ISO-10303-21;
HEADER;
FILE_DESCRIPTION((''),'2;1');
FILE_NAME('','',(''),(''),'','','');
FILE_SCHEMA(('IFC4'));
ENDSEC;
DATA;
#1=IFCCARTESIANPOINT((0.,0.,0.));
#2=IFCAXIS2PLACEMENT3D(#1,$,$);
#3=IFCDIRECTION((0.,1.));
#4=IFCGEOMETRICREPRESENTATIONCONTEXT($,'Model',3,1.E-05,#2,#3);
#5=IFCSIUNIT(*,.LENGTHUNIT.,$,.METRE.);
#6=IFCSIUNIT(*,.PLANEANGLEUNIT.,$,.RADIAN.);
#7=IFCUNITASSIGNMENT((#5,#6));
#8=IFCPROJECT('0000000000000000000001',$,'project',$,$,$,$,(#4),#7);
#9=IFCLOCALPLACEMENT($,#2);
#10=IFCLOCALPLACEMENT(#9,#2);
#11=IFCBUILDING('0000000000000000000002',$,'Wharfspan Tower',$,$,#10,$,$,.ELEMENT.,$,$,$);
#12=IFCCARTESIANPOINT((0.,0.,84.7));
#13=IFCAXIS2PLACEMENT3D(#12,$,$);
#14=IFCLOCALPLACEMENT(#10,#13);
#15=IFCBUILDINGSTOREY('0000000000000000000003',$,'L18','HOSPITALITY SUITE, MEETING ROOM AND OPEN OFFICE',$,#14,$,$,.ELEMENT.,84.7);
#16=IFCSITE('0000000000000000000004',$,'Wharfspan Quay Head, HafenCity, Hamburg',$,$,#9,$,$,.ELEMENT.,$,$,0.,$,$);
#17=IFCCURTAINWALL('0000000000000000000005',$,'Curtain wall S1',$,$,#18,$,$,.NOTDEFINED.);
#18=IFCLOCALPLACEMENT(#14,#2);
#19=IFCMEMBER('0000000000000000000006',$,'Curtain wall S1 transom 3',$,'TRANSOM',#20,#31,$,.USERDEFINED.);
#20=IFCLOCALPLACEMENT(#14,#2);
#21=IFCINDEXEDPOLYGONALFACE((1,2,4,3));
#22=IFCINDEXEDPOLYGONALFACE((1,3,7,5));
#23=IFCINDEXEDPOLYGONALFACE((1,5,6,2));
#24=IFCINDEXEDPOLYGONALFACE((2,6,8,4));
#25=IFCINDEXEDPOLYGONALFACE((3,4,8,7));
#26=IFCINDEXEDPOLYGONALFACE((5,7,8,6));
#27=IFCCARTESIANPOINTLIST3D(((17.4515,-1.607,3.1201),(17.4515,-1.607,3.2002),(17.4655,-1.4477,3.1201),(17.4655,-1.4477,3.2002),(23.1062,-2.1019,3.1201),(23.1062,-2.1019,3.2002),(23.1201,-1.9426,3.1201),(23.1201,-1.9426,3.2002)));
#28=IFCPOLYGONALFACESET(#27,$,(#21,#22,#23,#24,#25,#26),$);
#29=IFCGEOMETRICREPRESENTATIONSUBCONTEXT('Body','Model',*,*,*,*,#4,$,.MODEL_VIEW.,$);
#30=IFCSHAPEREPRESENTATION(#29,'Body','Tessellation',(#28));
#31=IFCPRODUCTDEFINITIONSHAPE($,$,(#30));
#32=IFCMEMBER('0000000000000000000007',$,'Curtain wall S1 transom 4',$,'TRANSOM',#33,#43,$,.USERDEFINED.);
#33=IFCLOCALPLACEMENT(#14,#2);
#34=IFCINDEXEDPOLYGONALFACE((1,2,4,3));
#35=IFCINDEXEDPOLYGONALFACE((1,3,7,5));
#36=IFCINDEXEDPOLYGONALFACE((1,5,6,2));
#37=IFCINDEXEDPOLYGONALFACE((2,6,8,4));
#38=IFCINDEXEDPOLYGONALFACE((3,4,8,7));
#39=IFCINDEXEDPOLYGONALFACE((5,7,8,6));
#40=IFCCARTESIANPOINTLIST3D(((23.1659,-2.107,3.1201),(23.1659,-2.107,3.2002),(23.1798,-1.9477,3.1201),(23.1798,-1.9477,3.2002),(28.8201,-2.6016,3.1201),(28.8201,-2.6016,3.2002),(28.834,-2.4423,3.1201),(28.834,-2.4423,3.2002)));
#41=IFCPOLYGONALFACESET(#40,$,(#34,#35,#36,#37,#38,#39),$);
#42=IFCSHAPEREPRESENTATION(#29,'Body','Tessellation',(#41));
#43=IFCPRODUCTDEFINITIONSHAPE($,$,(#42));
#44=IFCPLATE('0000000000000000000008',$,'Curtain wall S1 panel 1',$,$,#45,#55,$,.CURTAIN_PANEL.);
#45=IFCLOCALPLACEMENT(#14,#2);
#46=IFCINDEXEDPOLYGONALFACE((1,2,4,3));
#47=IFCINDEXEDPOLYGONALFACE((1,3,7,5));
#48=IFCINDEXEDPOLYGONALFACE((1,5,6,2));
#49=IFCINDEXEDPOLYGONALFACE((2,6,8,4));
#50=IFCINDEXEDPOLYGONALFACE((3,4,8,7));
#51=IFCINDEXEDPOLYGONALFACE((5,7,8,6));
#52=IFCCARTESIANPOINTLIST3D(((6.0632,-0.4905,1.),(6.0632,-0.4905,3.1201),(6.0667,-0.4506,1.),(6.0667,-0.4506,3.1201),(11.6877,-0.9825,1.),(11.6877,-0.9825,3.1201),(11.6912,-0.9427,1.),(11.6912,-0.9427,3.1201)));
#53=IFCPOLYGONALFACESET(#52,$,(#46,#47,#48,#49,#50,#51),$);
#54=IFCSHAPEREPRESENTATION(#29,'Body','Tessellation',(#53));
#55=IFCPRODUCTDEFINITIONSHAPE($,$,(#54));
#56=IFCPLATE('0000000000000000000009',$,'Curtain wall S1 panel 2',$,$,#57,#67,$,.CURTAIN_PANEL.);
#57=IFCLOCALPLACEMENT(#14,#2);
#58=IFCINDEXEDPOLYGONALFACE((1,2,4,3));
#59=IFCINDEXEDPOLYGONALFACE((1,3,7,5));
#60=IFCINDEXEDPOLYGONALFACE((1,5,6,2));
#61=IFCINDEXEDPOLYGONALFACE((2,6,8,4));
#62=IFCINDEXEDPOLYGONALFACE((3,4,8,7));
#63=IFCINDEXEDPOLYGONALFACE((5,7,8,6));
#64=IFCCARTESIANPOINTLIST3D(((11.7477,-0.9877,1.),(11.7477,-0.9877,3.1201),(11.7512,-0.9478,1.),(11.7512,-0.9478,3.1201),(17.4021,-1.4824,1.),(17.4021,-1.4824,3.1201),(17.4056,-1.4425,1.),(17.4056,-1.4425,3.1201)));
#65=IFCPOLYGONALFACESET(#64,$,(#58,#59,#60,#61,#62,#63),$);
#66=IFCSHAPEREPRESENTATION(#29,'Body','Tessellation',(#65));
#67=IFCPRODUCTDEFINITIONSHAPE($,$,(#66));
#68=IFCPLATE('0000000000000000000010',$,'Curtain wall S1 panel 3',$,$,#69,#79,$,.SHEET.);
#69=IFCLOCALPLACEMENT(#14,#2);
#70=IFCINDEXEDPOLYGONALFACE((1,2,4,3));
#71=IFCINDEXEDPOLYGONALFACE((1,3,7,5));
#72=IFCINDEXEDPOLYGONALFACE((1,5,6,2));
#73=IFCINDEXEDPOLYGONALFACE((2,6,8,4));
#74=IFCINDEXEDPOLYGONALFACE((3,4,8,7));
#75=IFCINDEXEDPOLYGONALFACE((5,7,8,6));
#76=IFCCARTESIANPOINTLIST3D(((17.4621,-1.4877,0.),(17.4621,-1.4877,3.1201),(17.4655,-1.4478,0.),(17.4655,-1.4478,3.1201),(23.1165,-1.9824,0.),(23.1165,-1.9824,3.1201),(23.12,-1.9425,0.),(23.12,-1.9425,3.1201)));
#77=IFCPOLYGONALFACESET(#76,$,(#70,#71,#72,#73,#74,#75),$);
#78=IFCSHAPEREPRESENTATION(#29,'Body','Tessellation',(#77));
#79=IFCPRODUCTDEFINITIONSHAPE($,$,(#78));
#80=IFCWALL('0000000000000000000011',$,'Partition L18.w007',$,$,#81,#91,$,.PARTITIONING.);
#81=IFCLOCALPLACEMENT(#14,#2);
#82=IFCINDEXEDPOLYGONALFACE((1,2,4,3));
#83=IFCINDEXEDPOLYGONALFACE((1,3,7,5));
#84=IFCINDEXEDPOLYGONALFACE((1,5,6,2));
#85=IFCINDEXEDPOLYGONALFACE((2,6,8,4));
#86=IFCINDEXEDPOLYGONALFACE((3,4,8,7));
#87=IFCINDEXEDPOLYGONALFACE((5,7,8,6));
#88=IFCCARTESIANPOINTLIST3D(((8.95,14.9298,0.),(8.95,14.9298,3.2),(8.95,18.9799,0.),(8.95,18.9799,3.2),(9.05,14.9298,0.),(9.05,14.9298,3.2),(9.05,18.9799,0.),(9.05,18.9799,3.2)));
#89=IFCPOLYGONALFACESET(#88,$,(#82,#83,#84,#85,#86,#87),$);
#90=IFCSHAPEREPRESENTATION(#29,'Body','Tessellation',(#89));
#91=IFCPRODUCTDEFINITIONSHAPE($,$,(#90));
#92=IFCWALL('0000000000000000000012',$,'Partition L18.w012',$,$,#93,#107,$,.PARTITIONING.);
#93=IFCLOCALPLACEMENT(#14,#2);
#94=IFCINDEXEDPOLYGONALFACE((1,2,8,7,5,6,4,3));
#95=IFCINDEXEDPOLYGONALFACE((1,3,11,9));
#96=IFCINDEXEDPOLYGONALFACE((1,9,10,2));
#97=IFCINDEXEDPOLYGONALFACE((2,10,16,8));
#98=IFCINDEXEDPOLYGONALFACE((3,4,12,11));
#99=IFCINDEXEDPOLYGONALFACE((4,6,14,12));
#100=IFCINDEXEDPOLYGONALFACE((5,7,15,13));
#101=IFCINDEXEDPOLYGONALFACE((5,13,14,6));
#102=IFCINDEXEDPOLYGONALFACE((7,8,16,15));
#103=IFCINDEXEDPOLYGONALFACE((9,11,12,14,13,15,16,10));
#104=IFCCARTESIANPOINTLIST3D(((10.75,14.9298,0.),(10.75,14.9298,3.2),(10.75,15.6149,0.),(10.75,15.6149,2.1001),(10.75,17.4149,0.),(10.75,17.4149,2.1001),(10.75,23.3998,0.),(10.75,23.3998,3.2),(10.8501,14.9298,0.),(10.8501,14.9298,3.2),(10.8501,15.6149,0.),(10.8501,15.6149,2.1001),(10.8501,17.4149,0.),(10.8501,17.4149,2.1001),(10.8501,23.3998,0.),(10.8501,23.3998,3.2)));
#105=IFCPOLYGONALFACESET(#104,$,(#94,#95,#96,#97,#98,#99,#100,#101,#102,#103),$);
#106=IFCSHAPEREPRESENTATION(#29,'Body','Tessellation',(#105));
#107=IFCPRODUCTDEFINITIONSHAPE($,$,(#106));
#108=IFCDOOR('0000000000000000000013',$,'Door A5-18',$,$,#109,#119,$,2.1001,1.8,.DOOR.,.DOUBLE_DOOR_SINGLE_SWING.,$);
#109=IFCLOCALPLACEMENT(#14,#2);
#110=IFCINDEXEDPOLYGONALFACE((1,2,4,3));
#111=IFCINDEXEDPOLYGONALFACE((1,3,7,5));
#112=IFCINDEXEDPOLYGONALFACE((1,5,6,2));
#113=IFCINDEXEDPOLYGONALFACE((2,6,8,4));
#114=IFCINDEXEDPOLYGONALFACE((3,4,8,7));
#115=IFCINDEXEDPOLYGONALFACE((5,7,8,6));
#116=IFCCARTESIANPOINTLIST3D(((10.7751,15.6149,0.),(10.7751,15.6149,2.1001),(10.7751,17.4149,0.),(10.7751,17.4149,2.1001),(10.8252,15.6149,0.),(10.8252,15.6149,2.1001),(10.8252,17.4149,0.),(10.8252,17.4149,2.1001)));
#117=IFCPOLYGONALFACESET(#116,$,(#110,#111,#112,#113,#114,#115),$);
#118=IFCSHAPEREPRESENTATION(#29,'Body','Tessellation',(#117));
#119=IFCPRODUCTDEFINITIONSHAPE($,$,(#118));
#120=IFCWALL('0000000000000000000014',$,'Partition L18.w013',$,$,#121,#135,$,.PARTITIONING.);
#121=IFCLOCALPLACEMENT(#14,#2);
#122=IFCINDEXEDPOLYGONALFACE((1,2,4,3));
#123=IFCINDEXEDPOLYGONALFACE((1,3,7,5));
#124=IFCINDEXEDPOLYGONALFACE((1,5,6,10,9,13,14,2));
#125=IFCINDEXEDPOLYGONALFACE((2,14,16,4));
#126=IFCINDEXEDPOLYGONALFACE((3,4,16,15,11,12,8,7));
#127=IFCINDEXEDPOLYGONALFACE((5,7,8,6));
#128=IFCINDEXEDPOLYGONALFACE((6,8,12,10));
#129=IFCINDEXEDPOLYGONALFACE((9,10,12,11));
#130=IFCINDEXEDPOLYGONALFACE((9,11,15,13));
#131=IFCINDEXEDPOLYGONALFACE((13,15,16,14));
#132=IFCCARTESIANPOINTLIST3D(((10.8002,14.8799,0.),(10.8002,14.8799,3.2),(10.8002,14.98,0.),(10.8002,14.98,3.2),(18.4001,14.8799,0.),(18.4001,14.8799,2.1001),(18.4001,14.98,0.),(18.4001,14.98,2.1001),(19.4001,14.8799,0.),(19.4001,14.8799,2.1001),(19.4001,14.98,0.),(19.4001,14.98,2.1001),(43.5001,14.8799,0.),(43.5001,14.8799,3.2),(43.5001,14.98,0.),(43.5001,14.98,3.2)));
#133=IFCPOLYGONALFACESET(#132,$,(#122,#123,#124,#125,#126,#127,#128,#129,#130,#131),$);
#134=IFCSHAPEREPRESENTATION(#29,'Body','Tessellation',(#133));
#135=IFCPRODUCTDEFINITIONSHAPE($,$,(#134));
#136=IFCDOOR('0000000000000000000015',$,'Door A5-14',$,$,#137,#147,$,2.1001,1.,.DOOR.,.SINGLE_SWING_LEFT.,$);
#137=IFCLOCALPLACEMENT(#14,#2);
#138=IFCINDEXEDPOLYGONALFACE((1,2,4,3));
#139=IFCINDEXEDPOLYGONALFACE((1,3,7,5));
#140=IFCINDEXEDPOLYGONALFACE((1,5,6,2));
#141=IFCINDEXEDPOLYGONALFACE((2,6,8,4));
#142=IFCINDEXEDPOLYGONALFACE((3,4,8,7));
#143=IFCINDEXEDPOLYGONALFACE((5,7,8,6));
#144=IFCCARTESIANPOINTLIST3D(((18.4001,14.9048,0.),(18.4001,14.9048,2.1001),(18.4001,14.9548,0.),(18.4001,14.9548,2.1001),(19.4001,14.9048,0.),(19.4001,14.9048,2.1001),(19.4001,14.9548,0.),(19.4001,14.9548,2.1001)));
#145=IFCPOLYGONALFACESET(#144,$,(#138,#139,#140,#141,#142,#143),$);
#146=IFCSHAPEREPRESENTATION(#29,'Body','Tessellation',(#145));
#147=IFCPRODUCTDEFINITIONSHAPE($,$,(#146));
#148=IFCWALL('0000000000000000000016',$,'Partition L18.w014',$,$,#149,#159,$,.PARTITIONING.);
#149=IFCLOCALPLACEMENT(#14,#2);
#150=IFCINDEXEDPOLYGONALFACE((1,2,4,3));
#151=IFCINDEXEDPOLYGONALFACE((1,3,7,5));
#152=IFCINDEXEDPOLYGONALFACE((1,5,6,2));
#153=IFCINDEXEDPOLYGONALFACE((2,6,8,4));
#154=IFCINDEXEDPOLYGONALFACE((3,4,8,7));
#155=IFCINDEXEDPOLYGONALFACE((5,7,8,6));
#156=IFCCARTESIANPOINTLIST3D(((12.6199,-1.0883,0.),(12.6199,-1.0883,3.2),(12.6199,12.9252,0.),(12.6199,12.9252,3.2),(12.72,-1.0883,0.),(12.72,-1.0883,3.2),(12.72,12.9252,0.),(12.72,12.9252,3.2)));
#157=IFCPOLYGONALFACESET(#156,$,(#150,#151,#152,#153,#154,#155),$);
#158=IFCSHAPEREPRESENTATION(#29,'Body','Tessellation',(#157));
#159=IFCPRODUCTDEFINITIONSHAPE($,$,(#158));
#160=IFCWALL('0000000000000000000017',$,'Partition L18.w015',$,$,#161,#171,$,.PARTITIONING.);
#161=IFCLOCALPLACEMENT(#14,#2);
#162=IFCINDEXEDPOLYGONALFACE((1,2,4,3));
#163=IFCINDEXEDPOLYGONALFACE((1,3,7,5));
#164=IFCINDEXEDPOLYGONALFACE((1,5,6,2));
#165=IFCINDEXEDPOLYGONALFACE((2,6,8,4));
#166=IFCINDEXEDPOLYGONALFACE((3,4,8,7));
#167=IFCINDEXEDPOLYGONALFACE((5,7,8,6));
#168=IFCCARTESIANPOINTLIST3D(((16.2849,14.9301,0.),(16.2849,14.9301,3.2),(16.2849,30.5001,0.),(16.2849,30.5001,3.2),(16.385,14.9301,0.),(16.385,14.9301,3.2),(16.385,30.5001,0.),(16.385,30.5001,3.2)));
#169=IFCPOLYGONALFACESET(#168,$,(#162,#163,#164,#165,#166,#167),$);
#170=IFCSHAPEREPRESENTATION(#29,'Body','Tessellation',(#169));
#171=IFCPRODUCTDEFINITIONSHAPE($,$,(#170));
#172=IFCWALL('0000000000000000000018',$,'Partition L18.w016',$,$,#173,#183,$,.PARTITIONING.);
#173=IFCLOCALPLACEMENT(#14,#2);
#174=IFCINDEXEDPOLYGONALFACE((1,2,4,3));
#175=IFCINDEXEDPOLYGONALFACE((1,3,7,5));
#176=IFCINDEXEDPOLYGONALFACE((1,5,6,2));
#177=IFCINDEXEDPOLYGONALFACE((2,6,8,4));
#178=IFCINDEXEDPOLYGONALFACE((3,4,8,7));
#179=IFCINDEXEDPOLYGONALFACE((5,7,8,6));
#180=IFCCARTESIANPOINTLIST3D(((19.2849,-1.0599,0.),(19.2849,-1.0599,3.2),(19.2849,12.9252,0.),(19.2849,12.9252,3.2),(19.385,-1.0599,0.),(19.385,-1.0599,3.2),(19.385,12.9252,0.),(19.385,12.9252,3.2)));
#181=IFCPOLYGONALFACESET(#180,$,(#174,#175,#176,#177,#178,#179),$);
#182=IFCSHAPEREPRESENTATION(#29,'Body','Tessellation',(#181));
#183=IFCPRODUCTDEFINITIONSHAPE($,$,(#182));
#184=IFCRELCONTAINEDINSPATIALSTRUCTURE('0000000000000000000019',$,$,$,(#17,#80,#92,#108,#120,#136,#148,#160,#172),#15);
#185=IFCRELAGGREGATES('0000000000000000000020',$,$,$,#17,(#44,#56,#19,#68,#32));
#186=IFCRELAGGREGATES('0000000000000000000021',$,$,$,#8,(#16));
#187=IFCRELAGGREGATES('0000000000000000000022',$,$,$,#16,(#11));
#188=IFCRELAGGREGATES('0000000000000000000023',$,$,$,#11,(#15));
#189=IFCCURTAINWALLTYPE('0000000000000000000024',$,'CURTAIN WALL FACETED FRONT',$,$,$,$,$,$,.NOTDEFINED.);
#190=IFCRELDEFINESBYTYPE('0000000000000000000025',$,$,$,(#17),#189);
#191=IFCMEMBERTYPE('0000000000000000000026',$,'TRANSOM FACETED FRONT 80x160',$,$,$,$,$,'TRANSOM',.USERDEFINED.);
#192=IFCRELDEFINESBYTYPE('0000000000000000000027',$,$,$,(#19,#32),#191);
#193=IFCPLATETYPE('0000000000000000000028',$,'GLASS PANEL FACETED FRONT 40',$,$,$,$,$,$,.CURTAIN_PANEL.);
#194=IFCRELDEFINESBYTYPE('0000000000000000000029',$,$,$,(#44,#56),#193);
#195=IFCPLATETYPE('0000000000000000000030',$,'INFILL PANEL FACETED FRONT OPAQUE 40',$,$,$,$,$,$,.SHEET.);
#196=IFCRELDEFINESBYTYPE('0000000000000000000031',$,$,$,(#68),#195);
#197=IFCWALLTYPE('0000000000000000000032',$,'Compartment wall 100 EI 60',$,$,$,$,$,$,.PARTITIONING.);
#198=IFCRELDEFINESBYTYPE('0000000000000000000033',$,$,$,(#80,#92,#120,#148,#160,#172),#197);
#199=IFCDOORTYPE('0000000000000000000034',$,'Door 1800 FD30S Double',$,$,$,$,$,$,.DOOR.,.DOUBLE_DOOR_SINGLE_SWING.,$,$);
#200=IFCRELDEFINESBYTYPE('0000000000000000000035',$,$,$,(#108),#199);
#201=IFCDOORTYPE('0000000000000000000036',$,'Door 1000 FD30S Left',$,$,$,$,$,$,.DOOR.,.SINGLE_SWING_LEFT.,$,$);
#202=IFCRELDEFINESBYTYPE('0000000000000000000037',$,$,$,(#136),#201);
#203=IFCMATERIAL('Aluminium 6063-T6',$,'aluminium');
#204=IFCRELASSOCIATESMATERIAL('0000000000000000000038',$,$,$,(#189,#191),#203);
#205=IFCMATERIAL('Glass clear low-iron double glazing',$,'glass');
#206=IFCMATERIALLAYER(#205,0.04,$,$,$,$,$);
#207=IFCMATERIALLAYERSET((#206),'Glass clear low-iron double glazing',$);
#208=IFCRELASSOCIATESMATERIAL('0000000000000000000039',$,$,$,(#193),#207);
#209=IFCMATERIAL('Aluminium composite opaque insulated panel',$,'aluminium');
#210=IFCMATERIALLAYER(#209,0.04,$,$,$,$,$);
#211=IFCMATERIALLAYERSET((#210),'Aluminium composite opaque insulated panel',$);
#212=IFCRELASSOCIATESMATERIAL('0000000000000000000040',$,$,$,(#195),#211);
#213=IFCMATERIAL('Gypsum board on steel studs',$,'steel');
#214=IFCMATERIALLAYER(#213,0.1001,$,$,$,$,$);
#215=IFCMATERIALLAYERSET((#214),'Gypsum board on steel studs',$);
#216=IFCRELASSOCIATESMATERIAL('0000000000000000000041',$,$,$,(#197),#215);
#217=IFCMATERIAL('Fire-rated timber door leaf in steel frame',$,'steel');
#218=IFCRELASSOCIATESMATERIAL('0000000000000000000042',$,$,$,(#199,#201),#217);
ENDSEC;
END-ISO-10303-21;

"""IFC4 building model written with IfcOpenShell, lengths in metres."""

from ifc_helpers import new_model, si_unit, direction, frame, frame_2d, origin, origin_2d, place, context, subcontext, project, spatial, rectangle, extrude, material, layer, layer_set, material_profile, profile_set, type_object, element, fill, aggregate, save


model = new_model("IFC4")

# Units and contexts
model_context = context("Model", 3, precision=1e-05, world=origin(), true_north=direction((0.0, 1.0)))
body_context = subcontext(model_context, "Body", "Model", "MODEL_VIEW")
ifc_project = project(units=[si_unit("LENGTHUNIT", "METRE"), si_unit("PLANEANGLEUNIT", "RADIAN")], contexts=[model_context])

# Site, building, storey
site_placement = place(None, origin())
site = spatial("IfcSite", under=ifc_project, at=site_placement, Name="Wharfspan Quay Head, HafenCity, Hamburg", CompositionType="ELEMENT", RefElevation=0.0)
building_placement = place(site_placement, origin())
building = spatial("IfcBuilding", under=site, at=building_placement, Name="Wharfspan Tower", CompositionType="ELEMENT")
storey_placement = place(building_placement, frame((0.0, 0.0, 84.7)))
storey = spatial("IfcBuildingStorey", under=building, at=storey_placement, Name="L18", Description="HOSPITALITY SUITE, MEETING ROOM AND OPEN OFFICE", CompositionType="ELEMENT", Elevation=84.7)

# Curtain wall
ifc_material_1 = material(Name="Aluminium 6063-T6", Category="aluminium")
curtain_wall_type = type_object("IfcCurtainWallType", Name="CURTAIN WALL FACETED FRONT", PredefinedType="NOTDEFINED", material=ifc_material_1)
curtain_wall_placement = place(storey_placement, origin())
curtain_wall = element("IfcCurtainWall", 1, at=curtain_wall_placement, inside=storey, type_object=curtain_wall_type, Name="Curtain wall S1", PredefinedType="NOTDEFINED")

# Members
ifc_material_profile_1 = material_profile(ifc_material_1, rectangle(XDim=0.1599, YDim=0.0801, at=origin_2d()))
ifc_profile_set_1 = profile_set([ifc_material_profile_1], Name="Aluminium 6063-T6")
member_type_1 = type_object("IfcMemberType", Name="TRANSOM FACETED FRONT 80x160", ElementType="TRANSOM", PredefinedType="USERDEFINED", material=ifc_profile_set_1)
member_1_placement = place(storey_placement, frame((17.4585, -1.5273, 3.1602), z_axis=(0.996192, -0.087185, 0.0), x_axis=(0.087185, 0.996192, 0.0)))
member_1 = element("IfcMember", 2, at=member_1_placement, type_object=member_type_1, Name="Curtain wall S1 transom 3", ObjectType="TRANSOM", PredefinedType="USERDEFINED", context=body_context, shape_type="SweptSolid", body=[
    extrude(rectangle(XDim=0.1599, YDim=0.0801, at=origin_2d()), origin(), (0.0, 0.0, 1.0), 5.6763),
])
member_2_placement = place(storey_placement, frame((23.1729, -2.0273, 3.1602), z_axis=(0.996196, -0.087146, 0.0), x_axis=(0.087146, 0.996196, 0.0)))
member_2 = element("IfcMember", 3, at=member_2_placement, type_object=member_type_1, Name="Curtain wall S1 transom 4", ObjectType="TRANSOM", PredefinedType="USERDEFINED", context=body_context, shape_type="SweptSolid", body=[
    extrude(rectangle(XDim=0.1599, YDim=0.0801, at=origin_2d()), origin(), (0.0, 0.0, 1.0), 5.6758),
])

# Plates
ifc_material_2 = material(Name="Glass clear low-iron double glazing", Category="glass")
ifc_layer_1 = layer(ifc_material_2, 0.04)
ifc_layer_set_1 = layer_set([ifc_layer_1], Name="Glass clear low-iron double glazing")
plate_type_1 = type_object("IfcPlateType", Name="GLASS PANEL FACETED FRONT 40", PredefinedType="CURTAIN_PANEL", material=ifc_layer_set_1)
plate_1_placement = place(storey_placement, frame((8.8772, -0.7166, 1.0), z_axis=(0.0, 0.0, 1.0), x_axis=(0.996197, -0.087156, 0.0)))
plate_1 = element("IfcPlate", 4, at=plate_1_placement, type_object=plate_type_1, Name="Curtain wall S1 panel 1", PredefinedType="CURTAIN_PANEL", context=body_context, shape_type="SweptSolid", body=[
    extrude(rectangle(XDim=5.646, YDim=0.04, at=origin_2d()), origin(), (0.0, 0.0, 1.0), 2.1201),
])
plate_2_placement = place(storey_placement, frame((14.5767, -1.2151, 1.0), z_axis=(0.0, 0.0, 1.0), x_axis=(0.996197, -0.087156, 0.0)))
plate_2 = element("IfcPlate", 5, at=plate_2_placement, type_object=plate_type_1, Name="Curtain wall S1 panel 2", PredefinedType="CURTAIN_PANEL", context=body_context, shape_type="SweptSolid", body=[
    extrude(rectangle(XDim=5.676, YDim=0.04, at=origin_2d()), origin(), (0.0, 0.0, 1.0), 2.1201),
])
ifc_material_3 = material(Name="Aluminium composite opaque insulated panel", Category="aluminium")
ifc_layer_2 = layer(ifc_material_3, 0.04)
ifc_layer_set_2 = layer_set([ifc_layer_2], Name="Aluminium composite opaque insulated panel")
plate_type_2 = type_object("IfcPlateType", Name="INFILL PANEL FACETED FRONT OPAQUE 40", PredefinedType="SHEET", material=ifc_layer_set_2)
plate_3_placement = place(storey_placement, frame((20.291, -1.7151, 0.0), z_axis=(0.0, 0.0, 1.0), x_axis=(0.996197, -0.087156, 0.0)))
plate_3 = element("IfcPlate", 6, at=plate_3_placement, type_object=plate_type_2, Name="Curtain wall S1 panel 3", PredefinedType="SHEET", context=body_context, shape_type="SweptSolid", body=[
    extrude(rectangle(XDim=5.676, YDim=0.04, at=origin_2d()), origin(), (0.0, 0.0, 1.0), 3.1201),
])
aggregate(curtain_wall, [plate_1, plate_2, member_1, plate_3, member_2])

# Wall
ifc_material_4 = material(Name="Gypsum board on steel studs", Category="steel")
ifc_layer_3 = layer(ifc_material_4, 0.1001)
ifc_layer_set_3 = layer_set([ifc_layer_3], Name="Gypsum board on steel studs")
wall_type = type_object("IfcWallType", Name="Compartment wall 100 EI 60", PredefinedType="PARTITIONING", material=ifc_layer_set_3)
wall_1_placement = place(storey_placement, frame((9.0, 14.9299, 0.0), z_axis=(0.0, 0.0, 1.0), x_axis=(0.0, 1.0, 0.0)))
element("IfcWall", 7, at=wall_1_placement, inside=storey, type_object=wall_type, Name="Partition L18.w007", PredefinedType="PARTITIONING", context=body_context, shape_type="SweptSolid", body=[
    extrude(rectangle(XDim=4.05, YDim=0.1001, at=frame_2d((2.0249, 0.0))), origin(), (0.0, 0.0, 1.0), 3.2),
])

# Walls, openings, doors
wall_2_placement = place(storey_placement, frame((10.8, 14.9299, 0.0), z_axis=(0.0, 0.0, 1.0), x_axis=(0.0, 1.0, 0.0)))
wall_2 = element("IfcWall", 8, at=wall_2_placement, inside=storey, type_object=wall_type, Name="Partition L18.w012", PredefinedType="PARTITIONING", context=body_context, shape_type="SweptSolid", body=[
    extrude(rectangle(XDim=8.47, YDim=0.1001, at=frame_2d((4.2349, 0.0))), origin(), (0.0, 0.0, 1.0), 3.2),
])
opening_1_placement = place(wall_2_placement, frame((0.6851, 0.0, 0.0)))
opening_1 = element("IfcOpeningElement", 9, at=opening_1_placement, cuts=wall_2, PredefinedType="OPENING", context=body_context, shape_type="SweptSolid", body=[
    extrude(rectangle(XDim=1.8, YDim=2.1001, at=frame_2d((0.8999, 1.05))), frame((0.0, 0.0601, 0.0), z_axis=(0.0, -1.0, 0.0), x_axis=(1.0, 0.0, 0.0)), (0.0, 0.0, 1.0), 0.1201),
])
ifc_material_5 = material(Name="Fire-rated timber door leaf in steel frame", Category="steel")
door_type_1 = type_object("IfcDoorType", Name="Door 1800 FD30S Double", OperationType="DOUBLE_DOOR_SINGLE_SWING", PredefinedType="DOOR", material=ifc_material_5)
door_1_placement = place(opening_1_placement, origin())
door_1 = element("IfcDoor", 10, at=door_1_placement, inside=storey, type_object=door_type_1, Name="Door A5-18", OperationType="DOUBLE_DOOR_SINGLE_SWING", OverallHeight=2.1001, OverallWidth=1.8, PredefinedType="DOOR", context=body_context, shape_type="SweptSolid", body=[
    extrude(rectangle(XDim=1.8, YDim=2.1001, at=frame_2d((0.8999, 1.05))), frame((0.0, 0.0249, 0.0), z_axis=(0.0, -1.0, 0.0), x_axis=(1.0, 0.0, 0.0)), (0.0, 0.0, 1.0), 0.05),
])
fill(opening_1, door_1)
wall_3_placement = place(storey_placement, frame((10.8, 14.9299, 0.0), z_axis=(0.0, 0.0, 1.0), x_axis=(1.0, 0.0, 0.0)))
wall_3 = element("IfcWall", 11, at=wall_3_placement, inside=storey, type_object=wall_type, Name="Partition L18.w013", PredefinedType="PARTITIONING", context=body_context, shape_type="SweptSolid", body=[
    extrude(rectangle(XDim=32.7, YDim=0.1001, at=frame_2d((16.3501, 0.0))), origin(), (0.0, 0.0, 1.0), 3.2),
])
opening_2_placement = place(wall_3_placement, frame((7.6001, 0.0, 0.0)))
opening_2 = element("IfcOpeningElement", 12, at=opening_2_placement, cuts=wall_3, PredefinedType="OPENING", context=body_context, shape_type="SweptSolid", body=[
    extrude(rectangle(XDim=1.0, YDim=2.1001, at=frame_2d((0.5, 1.05))), frame((0.0, 0.0601, 0.0), z_axis=(0.0, -1.0, 0.0), x_axis=(1.0, 0.0, 0.0)), (0.0, 0.0, 1.0), 0.1201),
])
door_type_2 = type_object("IfcDoorType", Name="Door 1000 FD30S Left", OperationType="SINGLE_SWING_LEFT", PredefinedType="DOOR", material=ifc_material_5)
door_2_placement = place(opening_2_placement, origin())
door_2 = element("IfcDoor", 13, at=door_2_placement, inside=storey, type_object=door_type_2, Name="Door A5-14", OperationType="SINGLE_SWING_LEFT", OverallHeight=2.1001, OverallWidth=1.0, PredefinedType="DOOR", context=body_context, shape_type="SweptSolid", body=[
    extrude(rectangle(XDim=1.0, YDim=2.1001, at=frame_2d((0.5, 1.05))), frame((0.0, 0.0249, 0.0), z_axis=(0.0, -1.0, 0.0), x_axis=(1.0, 0.0, 0.0)), (0.0, 0.0, 1.0), 0.05),
])
fill(opening_2, door_2)

# Walls
wall_4_placement = place(storey_placement, frame((12.6699, -1.0884, 0.0), z_axis=(0.0, 0.0, 1.0), x_axis=(0.0, 1.0, 0.0)))
element("IfcWall", 14, at=wall_4_placement, inside=storey, type_object=wall_type, Name="Partition L18.w014", PredefinedType="PARTITIONING", context=body_context, shape_type="SweptSolid", body=[
    extrude(rectangle(XDim=14.0134, YDim=0.1001, at=frame_2d((7.0068, 0.0))), origin(), (0.0, 0.0, 1.0), 3.2),
])
wall_5_placement = place(storey_placement, frame((16.335, 14.9299, 0.0), z_axis=(0.0, 0.0, 1.0), x_axis=(0.0, 1.0, 0.0)))
element("IfcWall", 15, at=wall_5_placement, inside=storey, type_object=wall_type, Name="Partition L18.w015", PredefinedType="PARTITIONING", context=body_context, shape_type="SweptSolid", body=[
    extrude(rectangle(XDim=15.5701, YDim=0.1001, at=frame_2d((7.7852, 0.0))), origin(), (0.0, 0.0, 1.0), 3.2),
])
wall_6_placement = place(storey_placement, frame((19.335, -1.0601, 0.0), z_axis=(0.0, 0.0, 1.0), x_axis=(0.0, 1.0, 0.0)))
element("IfcWall", 16, at=wall_6_placement, inside=storey, type_object=wall_type, Name="Partition L18.w016", PredefinedType="PARTITIONING", context=body_context, shape_type="SweptSolid", body=[
    extrude(rectangle(XDim=13.9851, YDim=0.1001, at=frame_2d((6.9927, 0.0))), origin(), (0.0, 0.0, 1.0), 3.2),
])

save(model, "model.ifc")
